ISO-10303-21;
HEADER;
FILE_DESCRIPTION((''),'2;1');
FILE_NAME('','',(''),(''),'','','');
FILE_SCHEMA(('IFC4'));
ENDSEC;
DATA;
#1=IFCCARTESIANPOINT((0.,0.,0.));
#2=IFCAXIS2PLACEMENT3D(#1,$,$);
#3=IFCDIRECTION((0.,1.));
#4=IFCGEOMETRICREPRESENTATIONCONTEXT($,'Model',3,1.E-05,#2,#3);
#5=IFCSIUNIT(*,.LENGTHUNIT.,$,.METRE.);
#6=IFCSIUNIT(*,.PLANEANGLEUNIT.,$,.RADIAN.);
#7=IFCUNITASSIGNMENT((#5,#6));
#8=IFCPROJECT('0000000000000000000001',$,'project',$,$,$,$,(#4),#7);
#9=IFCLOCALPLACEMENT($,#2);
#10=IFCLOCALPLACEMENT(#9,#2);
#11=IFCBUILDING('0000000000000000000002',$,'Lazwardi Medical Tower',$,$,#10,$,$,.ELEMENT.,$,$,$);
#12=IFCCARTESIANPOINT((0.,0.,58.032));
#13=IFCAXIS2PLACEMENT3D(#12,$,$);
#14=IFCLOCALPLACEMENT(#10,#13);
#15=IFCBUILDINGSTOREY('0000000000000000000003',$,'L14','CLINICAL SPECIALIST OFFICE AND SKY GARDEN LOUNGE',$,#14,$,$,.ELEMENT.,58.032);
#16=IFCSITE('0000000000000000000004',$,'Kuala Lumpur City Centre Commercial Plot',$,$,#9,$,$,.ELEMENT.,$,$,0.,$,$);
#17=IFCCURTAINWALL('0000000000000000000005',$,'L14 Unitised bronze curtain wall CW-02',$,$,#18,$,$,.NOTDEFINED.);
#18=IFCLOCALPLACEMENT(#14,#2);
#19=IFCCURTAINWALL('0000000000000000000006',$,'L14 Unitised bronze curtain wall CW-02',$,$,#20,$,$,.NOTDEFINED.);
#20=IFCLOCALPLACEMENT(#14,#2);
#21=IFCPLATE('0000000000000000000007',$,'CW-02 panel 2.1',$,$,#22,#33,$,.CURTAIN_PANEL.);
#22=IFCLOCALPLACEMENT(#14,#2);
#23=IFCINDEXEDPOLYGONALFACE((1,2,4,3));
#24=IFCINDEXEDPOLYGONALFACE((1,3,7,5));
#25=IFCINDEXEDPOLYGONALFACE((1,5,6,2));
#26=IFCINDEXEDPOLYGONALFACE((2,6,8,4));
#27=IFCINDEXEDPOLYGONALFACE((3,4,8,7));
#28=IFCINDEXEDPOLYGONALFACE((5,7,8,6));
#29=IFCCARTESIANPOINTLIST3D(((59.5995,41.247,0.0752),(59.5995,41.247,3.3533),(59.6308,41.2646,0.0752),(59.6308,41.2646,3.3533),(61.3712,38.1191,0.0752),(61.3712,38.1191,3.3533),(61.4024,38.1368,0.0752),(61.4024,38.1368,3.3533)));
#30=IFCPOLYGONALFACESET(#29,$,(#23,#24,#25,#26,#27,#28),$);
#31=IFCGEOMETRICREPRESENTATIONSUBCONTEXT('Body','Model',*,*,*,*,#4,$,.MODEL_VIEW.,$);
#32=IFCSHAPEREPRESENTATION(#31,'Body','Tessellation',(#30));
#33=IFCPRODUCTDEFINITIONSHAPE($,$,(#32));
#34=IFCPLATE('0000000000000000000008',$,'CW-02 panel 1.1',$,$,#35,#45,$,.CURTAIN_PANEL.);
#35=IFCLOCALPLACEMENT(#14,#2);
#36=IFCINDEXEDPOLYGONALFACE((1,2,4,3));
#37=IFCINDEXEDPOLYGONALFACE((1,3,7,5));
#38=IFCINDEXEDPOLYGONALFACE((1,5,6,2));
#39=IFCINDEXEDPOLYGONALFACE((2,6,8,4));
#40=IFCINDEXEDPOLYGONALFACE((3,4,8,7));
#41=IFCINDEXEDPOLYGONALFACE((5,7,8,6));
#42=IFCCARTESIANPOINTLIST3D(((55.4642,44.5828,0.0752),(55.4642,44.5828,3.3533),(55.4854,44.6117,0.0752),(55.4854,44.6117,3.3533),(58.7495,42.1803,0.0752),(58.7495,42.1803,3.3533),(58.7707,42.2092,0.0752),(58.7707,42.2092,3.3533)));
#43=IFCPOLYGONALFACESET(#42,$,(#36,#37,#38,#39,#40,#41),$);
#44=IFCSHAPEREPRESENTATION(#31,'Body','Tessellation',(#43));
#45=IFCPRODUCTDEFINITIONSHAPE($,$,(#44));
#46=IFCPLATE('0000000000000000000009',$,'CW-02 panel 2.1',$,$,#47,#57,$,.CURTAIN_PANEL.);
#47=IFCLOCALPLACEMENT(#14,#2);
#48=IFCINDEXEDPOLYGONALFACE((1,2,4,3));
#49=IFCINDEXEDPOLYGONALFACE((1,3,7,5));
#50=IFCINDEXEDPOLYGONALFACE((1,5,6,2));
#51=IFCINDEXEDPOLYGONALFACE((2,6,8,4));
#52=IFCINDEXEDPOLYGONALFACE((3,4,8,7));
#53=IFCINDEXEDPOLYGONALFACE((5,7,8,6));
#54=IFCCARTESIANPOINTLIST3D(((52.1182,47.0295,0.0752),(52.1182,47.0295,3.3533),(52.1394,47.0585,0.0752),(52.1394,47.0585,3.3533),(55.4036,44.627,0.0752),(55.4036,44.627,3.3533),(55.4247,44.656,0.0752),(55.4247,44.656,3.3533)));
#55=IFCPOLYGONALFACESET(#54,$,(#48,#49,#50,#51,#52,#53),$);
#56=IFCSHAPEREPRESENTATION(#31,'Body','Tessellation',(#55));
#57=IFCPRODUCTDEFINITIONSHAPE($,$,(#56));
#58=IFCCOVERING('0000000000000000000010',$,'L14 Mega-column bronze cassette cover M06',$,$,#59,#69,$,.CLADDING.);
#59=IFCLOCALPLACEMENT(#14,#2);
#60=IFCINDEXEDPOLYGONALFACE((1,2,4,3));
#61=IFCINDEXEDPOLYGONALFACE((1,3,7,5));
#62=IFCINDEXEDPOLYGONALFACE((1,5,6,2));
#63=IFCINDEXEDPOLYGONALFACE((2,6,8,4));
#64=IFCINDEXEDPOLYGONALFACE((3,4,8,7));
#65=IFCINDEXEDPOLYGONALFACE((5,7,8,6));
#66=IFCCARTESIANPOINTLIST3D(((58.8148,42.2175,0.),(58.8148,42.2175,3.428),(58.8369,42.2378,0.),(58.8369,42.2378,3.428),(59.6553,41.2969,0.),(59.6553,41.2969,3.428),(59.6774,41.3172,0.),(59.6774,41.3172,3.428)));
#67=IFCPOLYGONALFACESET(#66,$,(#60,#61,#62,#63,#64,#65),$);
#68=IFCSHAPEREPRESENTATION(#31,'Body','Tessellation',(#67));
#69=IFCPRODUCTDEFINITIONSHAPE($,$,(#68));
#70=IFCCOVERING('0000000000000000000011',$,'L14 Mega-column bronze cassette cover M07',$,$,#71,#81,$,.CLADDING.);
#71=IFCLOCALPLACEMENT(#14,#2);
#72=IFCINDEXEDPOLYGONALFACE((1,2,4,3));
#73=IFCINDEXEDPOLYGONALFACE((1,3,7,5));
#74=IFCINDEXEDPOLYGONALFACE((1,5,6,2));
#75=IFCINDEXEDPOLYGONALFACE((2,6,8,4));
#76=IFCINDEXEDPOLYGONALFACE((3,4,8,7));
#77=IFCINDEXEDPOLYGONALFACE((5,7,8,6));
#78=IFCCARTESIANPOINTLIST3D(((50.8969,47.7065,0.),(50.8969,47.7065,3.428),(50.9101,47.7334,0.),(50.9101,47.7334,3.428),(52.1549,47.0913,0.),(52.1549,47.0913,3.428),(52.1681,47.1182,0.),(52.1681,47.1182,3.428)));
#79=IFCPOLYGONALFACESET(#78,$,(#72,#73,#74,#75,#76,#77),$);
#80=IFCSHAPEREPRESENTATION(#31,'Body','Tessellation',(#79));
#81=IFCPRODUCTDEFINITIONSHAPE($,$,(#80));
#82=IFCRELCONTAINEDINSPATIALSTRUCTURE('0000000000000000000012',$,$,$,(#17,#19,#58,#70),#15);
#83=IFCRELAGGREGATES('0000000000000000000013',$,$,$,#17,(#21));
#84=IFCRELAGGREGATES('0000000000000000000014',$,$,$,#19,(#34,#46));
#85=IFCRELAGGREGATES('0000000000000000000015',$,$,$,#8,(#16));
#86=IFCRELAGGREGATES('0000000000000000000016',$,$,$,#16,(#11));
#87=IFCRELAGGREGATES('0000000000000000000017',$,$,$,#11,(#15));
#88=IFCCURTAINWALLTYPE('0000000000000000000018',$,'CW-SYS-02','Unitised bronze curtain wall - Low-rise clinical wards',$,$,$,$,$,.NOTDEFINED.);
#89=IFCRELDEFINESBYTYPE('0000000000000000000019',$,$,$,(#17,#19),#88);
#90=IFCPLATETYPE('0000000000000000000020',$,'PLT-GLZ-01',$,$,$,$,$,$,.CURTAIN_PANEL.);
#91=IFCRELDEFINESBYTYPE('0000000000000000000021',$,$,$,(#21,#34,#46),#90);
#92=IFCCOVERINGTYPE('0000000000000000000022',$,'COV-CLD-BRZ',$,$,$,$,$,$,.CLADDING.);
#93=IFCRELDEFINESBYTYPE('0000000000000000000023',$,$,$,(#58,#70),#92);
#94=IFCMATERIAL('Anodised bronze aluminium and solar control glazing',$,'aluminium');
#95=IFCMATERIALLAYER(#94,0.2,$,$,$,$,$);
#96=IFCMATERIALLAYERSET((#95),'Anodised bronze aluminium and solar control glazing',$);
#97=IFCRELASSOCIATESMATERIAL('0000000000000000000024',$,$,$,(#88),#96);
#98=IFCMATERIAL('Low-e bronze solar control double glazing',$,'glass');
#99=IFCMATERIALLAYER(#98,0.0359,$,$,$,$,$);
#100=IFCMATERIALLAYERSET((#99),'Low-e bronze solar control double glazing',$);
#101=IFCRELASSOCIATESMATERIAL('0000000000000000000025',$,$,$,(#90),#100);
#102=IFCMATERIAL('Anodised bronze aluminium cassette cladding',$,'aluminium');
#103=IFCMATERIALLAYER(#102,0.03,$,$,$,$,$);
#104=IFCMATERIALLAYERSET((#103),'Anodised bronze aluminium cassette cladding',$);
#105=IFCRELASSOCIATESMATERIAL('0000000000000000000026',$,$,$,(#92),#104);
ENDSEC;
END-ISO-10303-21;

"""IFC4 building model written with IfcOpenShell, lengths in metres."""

from ifc_helpers import new_model, si_unit, direction, frame, origin, origin_2d, place, context, subcontext, project, spatial, rectangle, extrude, material, layer, layer_set, type_object, element, aggregate, save


model = new_model("IFC4")

# Units and contexts
model_context = context("Model", 3, precision=1e-05, world=origin(), true_north=direction((0.0, 1.0)))
body_context = subcontext(model_context, "Body", "Model", "MODEL_VIEW")
ifc_project = project(units=[si_unit("LENGTHUNIT", "METRE"), si_unit("PLANEANGLEUNIT", "RADIAN")], contexts=[model_context])

# Site, building, storey
site_placement = place(None, origin())
site = spatial("IfcSite", under=ifc_project, at=site_placement, Name="Kuala Lumpur City Centre Commercial Plot", CompositionType="ELEMENT", RefElevation=0.0)
building_placement = place(site_placement, origin())
building = spatial("IfcBuilding", under=site, at=building_placement, Name="Lazwardi Medical Tower", CompositionType="ELEMENT")
storey_placement = place(building_placement, frame((0.0, 0.0, 58.032)))
storey = spatial("IfcBuildingStorey", under=building, at=storey_placement, Name="L14", Description="CLINICAL SPECIALIST OFFICE AND SKY GARDEN LOUNGE", CompositionType="ELEMENT", Elevation=58.032)

# Curtain wall
ifc_material_1 = material(Name="Anodised bronze aluminium and solar control glazing", Category="aluminium")
ifc_layer_1 = layer(ifc_material_1, 0.2)
ifc_layer_set_1 = layer_set([ifc_layer_1], Name="Anodised bronze aluminium and solar control glazing")
curtain_wall_type = type_object("IfcCurtainWallType", Name="CW-SYS-02", Description="Unitised bronze curtain wall - Low-rise clinical wards", PredefinedType="NOTDEFINED", material=ifc_layer_set_1)
curtain_wall_1_placement = place(storey_placement, origin())
curtain_wall_1 = element("IfcCurtainWall", 1, at=curtain_wall_1_placement, inside=storey, type_object=curtain_wall_type, Name="L14 Unitised bronze curtain wall CW-02", PredefinedType="NOTDEFINED")

# Curtain wall
curtain_wall_2_placement = place(storey_placement, origin())
curtain_wall_2 = element("IfcCurtainWall", 2, at=curtain_wall_2_placement, inside=storey, type_object=curtain_wall_type, Name="L14 Unitised bronze curtain wall CW-02", PredefinedType="NOTDEFINED")

# Plates
ifc_material_2 = material(Name="Low-e bronze solar control double glazing", Category="glass")
ifc_layer_2 = layer(ifc_material_2, 0.0359)
ifc_layer_set_2 = layer_set([ifc_layer_2], Name="Low-e bronze solar control double glazing")
plate_type = type_object("IfcPlateType", Name="PLT-GLZ-01", PredefinedType="CURTAIN_PANEL", material=ifc_layer_set_2)
plate_1_placement = place(storey_placement, frame((60.501, 39.6919, 0.0752), z_axis=(0.0, 0.0, 1.0), x_axis=(-0.492854, 0.870112, 0.0)))
plate_1 = element("IfcPlate", 3, at=plate_1_placement, type_object=plate_type, Name="CW-02 panel 2.1", PredefinedType="CURTAIN_PANEL", context=body_context, shape_type="SweptSolid", body=[
    extrude(rectangle(XDim=3.5947, YDim=0.0359, at=origin_2d()), origin(), (0.0, 0.0, 1.0), 3.2781),
])
aggregate(curtain_wall_1, [plate_1])
plate_2_placement = place(storey_placement, frame((57.1174, 43.396, 0.0752), z_axis=(0.0, 0.0, 1.0), x_axis=(-0.807192, 0.590289, 0.0)))
plate_2 = element("IfcPlate", 4, at=plate_2_placement, type_object=plate_type, Name="CW-02 panel 1.1", PredefinedType="CURTAIN_PANEL", context=body_context, shape_type="SweptSolid", body=[
    extrude(rectangle(XDim=4.0701, YDim=0.0359, at=origin_2d()), origin(), (0.0, 0.0, 1.0), 3.2781),
])
plate_3_placement = place(storey_placement, frame((53.7715, 45.8428, 0.0752), z_axis=(0.0, 0.0, 1.0), x_axis=(-0.807192, 0.590289, 0.0)))
plate_3 = element("IfcPlate", 5, at=plate_3_placement, type_object=plate_type, Name="CW-02 panel 2.1", PredefinedType="CURTAIN_PANEL", context=body_context, shape_type="SweptSolid", body=[
    extrude(rectangle(XDim=4.0701, YDim=0.0359, at=origin_2d()), origin(), (0.0, 0.0, 1.0), 3.2781),
])
aggregate(curtain_wall_2, [plate_2, plate_3])

# Coverings
ifc_material_3 = material(Name="Anodised bronze aluminium cassette cladding", Category="aluminium")
ifc_layer_3 = layer(ifc_material_3, 0.03)
ifc_layer_set_3 = layer_set([ifc_layer_3], Name="Anodised bronze aluminium cassette cladding")
covering_type = type_object("IfcCoveringType", Name="COV-CLD-BRZ", PredefinedType="CLADDING", material=ifc_layer_set_3)
covering_1_placement = place(storey_placement, frame((59.2461, 41.7673, 0.0), z_axis=(0.0, 0.0, 1.0), x_axis=(-0.674252, 0.738501, 0.0)))
element("IfcCovering", 6, at=covering_1_placement, inside=storey, type_object=covering_type, Name="L14 Mega-column bronze cassette cover M06", PredefinedType="CLADDING", context=body_context, shape_type="SweptSolid", body=[
    extrude(rectangle(XDim=1.2466, YDim=0.03, at=origin_2d()), origin(), (0.0, 0.0, 1.0), 3.428),
])
covering_2_placement = place(storey_placement, frame((51.5325, 47.4124, 0.0), z_axis=(0.0, 0.0, 1.0), x_axis=(-0.898334, 0.439312, 0.0)))
element("IfcCovering", 7, at=covering_2_placement, inside=storey, type_object=covering_type, Name="L14 Mega-column bronze cassette cover M07", PredefinedType="CLADDING", context=body_context, shape_type="SweptSolid", body=[
    extrude(rectangle(XDim=1.4004, YDim=0.03, at=origin_2d()), origin(), (0.0, 0.0, 1.0), 3.428),
])

save(model, "model.ifc")
